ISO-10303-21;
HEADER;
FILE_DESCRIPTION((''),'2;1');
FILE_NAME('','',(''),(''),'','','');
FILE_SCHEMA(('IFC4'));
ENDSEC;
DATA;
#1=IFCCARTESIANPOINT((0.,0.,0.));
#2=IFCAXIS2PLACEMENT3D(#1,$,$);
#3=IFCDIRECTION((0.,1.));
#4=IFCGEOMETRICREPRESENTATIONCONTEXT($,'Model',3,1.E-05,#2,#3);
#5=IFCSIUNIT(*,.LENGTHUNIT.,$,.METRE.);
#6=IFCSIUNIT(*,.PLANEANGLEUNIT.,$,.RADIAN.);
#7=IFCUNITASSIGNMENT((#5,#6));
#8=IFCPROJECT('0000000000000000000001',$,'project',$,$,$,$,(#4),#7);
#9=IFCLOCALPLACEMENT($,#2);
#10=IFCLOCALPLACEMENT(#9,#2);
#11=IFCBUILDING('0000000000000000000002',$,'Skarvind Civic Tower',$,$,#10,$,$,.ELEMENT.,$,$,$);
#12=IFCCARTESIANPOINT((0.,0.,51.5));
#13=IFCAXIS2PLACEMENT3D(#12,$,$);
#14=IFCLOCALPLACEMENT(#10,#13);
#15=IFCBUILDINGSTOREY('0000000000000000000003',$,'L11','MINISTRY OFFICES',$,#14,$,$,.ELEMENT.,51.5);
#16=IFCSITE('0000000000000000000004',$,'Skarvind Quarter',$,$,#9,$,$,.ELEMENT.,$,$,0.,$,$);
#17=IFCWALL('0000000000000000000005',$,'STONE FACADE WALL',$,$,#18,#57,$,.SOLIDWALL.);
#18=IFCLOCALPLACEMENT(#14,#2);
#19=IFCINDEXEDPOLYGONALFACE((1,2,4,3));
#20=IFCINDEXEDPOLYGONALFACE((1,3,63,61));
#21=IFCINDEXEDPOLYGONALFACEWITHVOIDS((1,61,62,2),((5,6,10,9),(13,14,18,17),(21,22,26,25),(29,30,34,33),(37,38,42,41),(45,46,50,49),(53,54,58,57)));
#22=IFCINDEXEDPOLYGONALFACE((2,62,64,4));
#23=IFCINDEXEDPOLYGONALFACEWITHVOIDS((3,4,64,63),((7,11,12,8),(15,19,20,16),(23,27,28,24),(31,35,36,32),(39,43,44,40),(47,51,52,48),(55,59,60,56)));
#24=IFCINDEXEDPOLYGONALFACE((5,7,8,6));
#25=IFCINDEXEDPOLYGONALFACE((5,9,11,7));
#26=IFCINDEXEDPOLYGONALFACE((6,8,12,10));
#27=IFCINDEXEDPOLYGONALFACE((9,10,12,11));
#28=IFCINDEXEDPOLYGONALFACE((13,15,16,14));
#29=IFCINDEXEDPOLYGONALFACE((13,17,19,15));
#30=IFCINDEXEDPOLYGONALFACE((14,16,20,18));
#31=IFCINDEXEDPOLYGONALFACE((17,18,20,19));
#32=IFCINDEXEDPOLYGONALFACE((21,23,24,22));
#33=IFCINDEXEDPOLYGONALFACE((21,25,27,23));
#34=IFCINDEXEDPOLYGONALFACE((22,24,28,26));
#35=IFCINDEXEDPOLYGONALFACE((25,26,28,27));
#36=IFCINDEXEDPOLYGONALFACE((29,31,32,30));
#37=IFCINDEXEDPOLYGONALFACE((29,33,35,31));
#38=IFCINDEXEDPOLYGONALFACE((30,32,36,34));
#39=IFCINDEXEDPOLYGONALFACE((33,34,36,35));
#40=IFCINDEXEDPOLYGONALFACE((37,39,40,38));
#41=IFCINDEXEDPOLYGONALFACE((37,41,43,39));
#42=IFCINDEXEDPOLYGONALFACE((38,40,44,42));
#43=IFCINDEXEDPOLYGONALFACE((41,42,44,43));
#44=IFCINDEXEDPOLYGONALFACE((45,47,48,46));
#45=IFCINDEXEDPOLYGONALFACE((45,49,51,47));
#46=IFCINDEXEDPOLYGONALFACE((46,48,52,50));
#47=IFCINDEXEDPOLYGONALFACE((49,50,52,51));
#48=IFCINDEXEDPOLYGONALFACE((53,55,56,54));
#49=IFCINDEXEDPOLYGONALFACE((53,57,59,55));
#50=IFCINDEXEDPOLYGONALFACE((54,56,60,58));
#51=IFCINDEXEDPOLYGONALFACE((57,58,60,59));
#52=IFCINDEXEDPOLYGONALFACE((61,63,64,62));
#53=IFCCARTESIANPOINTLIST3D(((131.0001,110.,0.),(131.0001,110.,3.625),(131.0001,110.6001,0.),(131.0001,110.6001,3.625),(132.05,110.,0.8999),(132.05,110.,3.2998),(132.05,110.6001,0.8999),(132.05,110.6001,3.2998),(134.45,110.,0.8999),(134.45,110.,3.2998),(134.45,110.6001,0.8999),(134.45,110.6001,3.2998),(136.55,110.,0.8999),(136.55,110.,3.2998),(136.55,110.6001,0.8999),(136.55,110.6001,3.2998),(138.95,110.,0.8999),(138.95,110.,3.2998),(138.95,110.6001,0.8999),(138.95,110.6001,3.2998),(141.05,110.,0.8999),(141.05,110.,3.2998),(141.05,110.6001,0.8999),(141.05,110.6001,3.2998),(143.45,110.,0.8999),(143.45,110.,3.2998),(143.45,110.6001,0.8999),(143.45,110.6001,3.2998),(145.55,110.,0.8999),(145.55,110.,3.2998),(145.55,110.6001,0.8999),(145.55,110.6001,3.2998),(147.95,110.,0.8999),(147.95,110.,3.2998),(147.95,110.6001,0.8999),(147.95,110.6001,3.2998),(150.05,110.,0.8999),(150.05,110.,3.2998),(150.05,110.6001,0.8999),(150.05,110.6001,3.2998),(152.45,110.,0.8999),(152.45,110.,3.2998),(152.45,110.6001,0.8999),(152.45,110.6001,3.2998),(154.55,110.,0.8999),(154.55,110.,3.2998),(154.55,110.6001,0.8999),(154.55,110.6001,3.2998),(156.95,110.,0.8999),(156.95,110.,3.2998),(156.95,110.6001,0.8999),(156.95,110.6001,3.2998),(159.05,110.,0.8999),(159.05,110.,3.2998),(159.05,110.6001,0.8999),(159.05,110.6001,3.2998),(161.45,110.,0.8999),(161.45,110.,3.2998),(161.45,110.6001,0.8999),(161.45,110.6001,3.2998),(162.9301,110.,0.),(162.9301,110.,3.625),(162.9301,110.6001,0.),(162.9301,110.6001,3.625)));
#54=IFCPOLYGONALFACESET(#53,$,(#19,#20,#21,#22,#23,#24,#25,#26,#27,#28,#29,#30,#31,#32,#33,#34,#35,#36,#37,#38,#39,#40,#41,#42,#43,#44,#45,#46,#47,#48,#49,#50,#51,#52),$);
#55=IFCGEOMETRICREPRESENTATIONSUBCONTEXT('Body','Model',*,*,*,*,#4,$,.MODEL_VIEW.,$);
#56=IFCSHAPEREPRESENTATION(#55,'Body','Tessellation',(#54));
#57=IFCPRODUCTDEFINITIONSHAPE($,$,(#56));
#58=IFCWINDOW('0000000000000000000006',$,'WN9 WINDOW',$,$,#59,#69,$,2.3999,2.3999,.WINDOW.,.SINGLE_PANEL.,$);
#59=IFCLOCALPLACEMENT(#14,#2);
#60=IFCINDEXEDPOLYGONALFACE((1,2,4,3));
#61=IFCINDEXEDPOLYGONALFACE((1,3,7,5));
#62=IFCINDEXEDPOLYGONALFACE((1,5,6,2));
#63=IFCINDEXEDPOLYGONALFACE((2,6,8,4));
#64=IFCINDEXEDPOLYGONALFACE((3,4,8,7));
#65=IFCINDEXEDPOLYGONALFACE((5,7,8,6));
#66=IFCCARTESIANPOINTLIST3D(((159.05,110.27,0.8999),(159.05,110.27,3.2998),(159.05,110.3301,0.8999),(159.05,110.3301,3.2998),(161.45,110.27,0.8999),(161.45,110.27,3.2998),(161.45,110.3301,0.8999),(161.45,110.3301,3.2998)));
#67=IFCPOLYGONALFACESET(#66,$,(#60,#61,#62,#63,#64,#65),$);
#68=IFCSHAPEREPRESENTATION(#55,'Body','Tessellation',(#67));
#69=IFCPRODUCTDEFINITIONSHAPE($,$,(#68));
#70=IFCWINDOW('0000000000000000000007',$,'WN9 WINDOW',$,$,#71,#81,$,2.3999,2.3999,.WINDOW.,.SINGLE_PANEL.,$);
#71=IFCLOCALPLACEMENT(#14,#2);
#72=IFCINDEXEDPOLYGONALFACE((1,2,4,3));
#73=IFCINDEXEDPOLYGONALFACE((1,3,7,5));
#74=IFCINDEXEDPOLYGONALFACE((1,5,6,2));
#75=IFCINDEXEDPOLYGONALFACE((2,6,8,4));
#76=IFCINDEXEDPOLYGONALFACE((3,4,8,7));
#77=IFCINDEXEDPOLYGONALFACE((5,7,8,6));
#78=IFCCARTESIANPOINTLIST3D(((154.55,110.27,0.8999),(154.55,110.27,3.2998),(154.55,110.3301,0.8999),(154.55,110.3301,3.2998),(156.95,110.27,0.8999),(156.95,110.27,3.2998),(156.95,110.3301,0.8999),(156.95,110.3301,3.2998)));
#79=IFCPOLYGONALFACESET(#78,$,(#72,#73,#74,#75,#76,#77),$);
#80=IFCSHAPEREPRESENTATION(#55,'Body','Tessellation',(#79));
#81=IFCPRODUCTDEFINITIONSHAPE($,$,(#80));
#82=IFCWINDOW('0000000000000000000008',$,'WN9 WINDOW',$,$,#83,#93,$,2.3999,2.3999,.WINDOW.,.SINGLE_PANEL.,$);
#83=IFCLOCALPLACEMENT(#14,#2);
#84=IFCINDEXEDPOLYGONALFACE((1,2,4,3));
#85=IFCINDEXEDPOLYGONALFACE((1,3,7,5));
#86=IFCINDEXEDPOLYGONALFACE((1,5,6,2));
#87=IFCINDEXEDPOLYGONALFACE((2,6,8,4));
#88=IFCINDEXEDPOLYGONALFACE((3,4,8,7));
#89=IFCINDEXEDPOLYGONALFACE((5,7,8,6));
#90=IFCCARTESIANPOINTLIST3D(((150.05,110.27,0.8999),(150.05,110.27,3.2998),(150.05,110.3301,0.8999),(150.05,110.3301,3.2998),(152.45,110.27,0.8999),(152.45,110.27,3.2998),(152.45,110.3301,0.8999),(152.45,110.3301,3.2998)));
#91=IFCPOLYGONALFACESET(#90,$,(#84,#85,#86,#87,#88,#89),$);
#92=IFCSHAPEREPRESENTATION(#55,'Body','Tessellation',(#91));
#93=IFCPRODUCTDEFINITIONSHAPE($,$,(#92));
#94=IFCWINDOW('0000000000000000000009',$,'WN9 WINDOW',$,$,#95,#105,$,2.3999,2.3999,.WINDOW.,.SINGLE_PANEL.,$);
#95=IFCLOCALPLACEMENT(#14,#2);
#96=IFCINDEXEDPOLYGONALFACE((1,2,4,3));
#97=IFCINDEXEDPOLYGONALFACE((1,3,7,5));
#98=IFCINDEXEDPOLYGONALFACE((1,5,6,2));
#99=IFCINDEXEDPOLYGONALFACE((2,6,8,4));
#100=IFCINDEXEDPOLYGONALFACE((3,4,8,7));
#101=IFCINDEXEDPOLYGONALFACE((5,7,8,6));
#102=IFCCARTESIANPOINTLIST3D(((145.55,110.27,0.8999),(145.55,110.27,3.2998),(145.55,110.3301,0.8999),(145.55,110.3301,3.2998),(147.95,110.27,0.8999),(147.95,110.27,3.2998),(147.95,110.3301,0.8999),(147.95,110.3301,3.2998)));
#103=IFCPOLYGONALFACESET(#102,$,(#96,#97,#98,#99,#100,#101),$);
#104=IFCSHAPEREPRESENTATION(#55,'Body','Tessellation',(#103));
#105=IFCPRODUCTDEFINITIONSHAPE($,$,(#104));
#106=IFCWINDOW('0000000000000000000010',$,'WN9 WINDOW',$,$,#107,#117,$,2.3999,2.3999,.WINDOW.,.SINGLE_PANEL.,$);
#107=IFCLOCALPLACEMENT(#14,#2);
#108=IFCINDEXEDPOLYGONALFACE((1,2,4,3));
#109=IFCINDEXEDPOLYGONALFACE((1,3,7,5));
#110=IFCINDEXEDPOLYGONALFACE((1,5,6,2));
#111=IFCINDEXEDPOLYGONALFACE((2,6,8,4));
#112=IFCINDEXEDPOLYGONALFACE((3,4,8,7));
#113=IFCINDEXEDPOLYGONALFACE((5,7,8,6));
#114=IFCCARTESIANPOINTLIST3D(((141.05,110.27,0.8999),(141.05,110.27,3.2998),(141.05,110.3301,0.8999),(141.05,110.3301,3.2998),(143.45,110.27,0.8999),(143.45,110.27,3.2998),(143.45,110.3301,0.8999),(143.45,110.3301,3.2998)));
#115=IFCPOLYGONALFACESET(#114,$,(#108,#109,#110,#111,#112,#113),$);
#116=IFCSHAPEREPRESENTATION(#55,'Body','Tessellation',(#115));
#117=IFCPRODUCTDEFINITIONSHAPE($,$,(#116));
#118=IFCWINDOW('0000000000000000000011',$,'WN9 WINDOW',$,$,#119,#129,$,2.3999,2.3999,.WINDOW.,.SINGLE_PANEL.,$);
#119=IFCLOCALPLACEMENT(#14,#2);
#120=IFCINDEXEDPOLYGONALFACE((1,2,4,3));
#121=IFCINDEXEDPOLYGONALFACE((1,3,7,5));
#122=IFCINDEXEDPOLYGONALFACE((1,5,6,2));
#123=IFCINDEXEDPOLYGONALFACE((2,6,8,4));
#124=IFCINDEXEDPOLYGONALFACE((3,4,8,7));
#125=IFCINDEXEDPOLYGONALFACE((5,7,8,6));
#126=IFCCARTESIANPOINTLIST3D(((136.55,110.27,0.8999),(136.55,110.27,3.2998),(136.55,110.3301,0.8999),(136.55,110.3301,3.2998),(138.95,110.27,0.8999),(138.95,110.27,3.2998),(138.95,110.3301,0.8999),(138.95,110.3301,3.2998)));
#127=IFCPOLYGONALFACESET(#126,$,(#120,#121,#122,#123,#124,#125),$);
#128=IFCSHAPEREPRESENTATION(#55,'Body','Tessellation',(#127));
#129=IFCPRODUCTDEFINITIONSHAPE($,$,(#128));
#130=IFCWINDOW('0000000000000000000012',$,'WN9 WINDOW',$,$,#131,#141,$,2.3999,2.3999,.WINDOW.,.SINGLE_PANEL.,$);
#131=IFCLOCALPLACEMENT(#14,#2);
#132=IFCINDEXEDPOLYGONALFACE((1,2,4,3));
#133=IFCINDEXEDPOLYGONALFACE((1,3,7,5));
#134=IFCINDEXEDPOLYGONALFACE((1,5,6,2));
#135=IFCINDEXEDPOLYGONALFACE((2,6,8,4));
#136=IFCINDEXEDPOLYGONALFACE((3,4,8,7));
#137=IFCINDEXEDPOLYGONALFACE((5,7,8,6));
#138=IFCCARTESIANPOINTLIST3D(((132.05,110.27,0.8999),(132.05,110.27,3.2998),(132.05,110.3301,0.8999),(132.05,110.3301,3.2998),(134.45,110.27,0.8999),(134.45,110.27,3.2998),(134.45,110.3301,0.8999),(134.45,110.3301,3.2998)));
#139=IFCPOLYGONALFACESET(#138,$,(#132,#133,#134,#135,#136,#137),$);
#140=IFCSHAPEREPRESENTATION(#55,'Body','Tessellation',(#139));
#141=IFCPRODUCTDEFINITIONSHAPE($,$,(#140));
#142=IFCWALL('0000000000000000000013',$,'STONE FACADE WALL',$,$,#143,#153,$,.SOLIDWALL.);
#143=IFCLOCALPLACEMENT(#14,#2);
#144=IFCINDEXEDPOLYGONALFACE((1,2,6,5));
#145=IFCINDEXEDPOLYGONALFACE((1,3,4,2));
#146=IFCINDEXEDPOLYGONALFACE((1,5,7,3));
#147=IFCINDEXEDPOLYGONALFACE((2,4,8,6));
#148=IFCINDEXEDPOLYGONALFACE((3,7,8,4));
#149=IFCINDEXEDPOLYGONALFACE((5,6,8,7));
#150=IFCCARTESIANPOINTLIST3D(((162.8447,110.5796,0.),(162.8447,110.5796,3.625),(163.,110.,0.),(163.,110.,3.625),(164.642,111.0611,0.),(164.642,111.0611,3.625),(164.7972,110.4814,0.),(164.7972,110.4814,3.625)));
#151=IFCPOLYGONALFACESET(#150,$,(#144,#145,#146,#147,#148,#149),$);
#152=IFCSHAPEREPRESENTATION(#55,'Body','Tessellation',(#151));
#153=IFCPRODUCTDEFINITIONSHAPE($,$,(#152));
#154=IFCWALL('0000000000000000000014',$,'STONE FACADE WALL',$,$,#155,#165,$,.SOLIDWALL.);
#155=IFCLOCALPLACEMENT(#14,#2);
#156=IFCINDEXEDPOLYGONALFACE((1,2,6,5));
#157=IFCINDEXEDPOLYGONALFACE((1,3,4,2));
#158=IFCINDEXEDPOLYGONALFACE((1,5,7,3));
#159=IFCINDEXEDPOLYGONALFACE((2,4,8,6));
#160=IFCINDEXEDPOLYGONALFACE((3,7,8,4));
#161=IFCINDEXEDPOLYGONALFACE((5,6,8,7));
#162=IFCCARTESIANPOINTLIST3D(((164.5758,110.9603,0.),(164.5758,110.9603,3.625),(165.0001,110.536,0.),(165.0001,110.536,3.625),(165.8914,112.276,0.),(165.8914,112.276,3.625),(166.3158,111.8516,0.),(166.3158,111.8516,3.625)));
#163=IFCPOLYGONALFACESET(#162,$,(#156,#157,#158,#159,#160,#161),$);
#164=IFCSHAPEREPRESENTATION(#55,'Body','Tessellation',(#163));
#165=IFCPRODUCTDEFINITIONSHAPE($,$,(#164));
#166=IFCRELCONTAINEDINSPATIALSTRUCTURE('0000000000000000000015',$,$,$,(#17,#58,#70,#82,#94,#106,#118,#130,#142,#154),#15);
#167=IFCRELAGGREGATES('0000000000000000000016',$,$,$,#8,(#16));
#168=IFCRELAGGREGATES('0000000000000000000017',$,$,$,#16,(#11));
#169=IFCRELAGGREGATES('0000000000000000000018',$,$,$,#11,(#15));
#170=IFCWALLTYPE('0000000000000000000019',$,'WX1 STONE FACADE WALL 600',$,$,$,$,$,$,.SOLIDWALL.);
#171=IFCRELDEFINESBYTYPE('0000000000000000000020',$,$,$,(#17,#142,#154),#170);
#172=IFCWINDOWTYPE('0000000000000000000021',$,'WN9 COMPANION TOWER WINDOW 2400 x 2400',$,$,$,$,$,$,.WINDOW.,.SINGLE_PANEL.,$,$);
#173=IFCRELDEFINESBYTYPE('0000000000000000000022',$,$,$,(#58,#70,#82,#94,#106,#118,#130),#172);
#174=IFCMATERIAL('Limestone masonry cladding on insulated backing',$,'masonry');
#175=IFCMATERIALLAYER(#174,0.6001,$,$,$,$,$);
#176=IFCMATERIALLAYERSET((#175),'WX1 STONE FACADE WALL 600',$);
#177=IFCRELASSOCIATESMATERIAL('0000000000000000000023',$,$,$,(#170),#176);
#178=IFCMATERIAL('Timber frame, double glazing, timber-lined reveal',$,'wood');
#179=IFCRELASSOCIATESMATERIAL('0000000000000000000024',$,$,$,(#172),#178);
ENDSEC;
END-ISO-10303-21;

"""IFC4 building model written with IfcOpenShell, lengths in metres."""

from ifc_helpers import new_model, si_unit, direction, frame, frame_2d, origin, place, context, subcontext, project, spatial, rectangle, extrude, material, layer, layer_set, type_object, element, fill, save


model = new_model("IFC4")

# Units and contexts
model_context = context("Model", 3, precision=1e-05, world=origin(), true_north=direction((0.0, 1.0)))
body_context = subcontext(model_context, "Body", "Model", "MODEL_VIEW")
ifc_project = project(units=[si_unit("LENGTHUNIT", "METRE"), si_unit("PLANEANGLEUNIT", "RADIAN")], contexts=[model_context])

# Site, building, storey
site_placement = place(None, origin())
site = spatial("IfcSite", under=ifc_project, at=site_placement, Name="Skarvind Quarter", CompositionType="ELEMENT", RefElevation=0.0)
building_placement = place(site_placement, origin())
building = spatial("IfcBuilding", under=site, at=building_placement, Name="Skarvind Civic Tower", CompositionType="ELEMENT")
storey_placement = place(building_placement, frame((0.0, 0.0, 51.5)))
storey = spatial("IfcBuildingStorey", under=building, at=storey_placement, Name="L11", Description="MINISTRY OFFICES", CompositionType="ELEMENT", Elevation=51.5)

# Wall, openings, windows
ifc_material_1 = material(Name="Limestone masonry cladding on insulated backing", Category="masonry")
ifc_layer_1 = layer(ifc_material_1, 0.6001)
ifc_layer_set_1 = layer_set([ifc_layer_1], Name="WX1 STONE FACADE WALL 600")
wall_type_1 = type_object("IfcWallType", Name="WX1 STONE FACADE WALL 600", PredefinedType="SOLIDWALL", material=ifc_layer_set_1)
wall_1_placement = place(storey_placement, frame((162.9299, 110.3, 0.0), z_axis=(0.0, 0.0, 1.0), x_axis=(-1.0, 0.0, 0.0)))
wall_1 = element("IfcWall", 1, at=wall_1_placement, inside=storey, type_object=wall_type_1, Name="STONE FACADE WALL", PredefinedType="SOLIDWALL", context=body_context, shape_type="SweptSolid", body=[
    extrude(rectangle(XDim=31.9299, YDim=0.6001, at=frame_2d((15.9648, 0.0))), origin(), (0.0, 0.0, 1.0), 3.625),
])
opening_1_placement = place(wall_1_placement, frame((1.48, 0.0, 0.8999)))
opening_1 = element("IfcOpeningElement", 2, at=opening_1_placement, cuts=wall_1, PredefinedType="OPENING", context=body_context, shape_type="SweptSolid", body=[
    extrude(rectangle(XDim=2.3999, YDim=2.3999, at=frame_2d((1.2, 1.2))), frame((0.0, 0.3101, 0.0), z_axis=(0.0, -1.0, 0.0), x_axis=(1.0, 0.0, 0.0)), (0.0, 0.0, 1.0), 0.6201),
])
opening_2_placement = place(wall_1_placement, frame((5.98, 0.0, 0.8999)))
opening_2 = element("IfcOpeningElement", 3, at=opening_2_placement, cuts=wall_1, PredefinedType="OPENING", context=body_context, shape_type="SweptSolid", body=[
    extrude(rectangle(XDim=2.3999, YDim=2.3999, at=frame_2d((1.2, 1.2))), frame((0.0, 0.3101, 0.0), z_axis=(0.0, -1.0, 0.0), x_axis=(1.0, 0.0, 0.0)), (0.0, 0.0, 1.0), 0.6201),
])
opening_3_placement = place(wall_1_placement, frame((10.48, 0.0, 0.8999)))
opening_3 = element("IfcOpeningElement", 4, at=opening_3_placement, cuts=wall_1, PredefinedType="OPENING", context=body_context, shape_type="SweptSolid", body=[
    extrude(rectangle(XDim=2.3999, YDim=2.3999, at=frame_2d((1.2, 1.2))), frame((0.0, 0.3101, 0.0), z_axis=(0.0, -1.0, 0.0), x_axis=(1.0, 0.0, 0.0)), (0.0, 0.0, 1.0), 0.6201),
])
opening_4_placement = place(wall_1_placement, frame((14.98, 0.0, 0.8999)))
opening_4 = element("IfcOpeningElement", 5, at=opening_4_placement, cuts=wall_1, PredefinedType="OPENING", context=body_context, shape_type="SweptSolid", body=[
    extrude(rectangle(XDim=2.3999, YDim=2.3999, at=frame_2d((1.2, 1.2))), frame((0.0, 0.3101, 0.0), z_axis=(0.0, -1.0, 0.0), x_axis=(1.0, 0.0, 0.0)), (0.0, 0.0, 1.0), 0.6201),
])
opening_5_placement = place(wall_1_placement, frame((19.48, 0.0, 0.8999)))
opening_5 = element("IfcOpeningElement", 6, at=opening_5_placement, cuts=wall_1, PredefinedType="OPENING", context=body_context, shape_type="SweptSolid", body=[
    extrude(rectangle(XDim=2.3999, YDim=2.3999, at=frame_2d((1.2, 1.2))), frame((0.0, 0.3101, 0.0), z_axis=(0.0, -1.0, 0.0), x_axis=(1.0, 0.0, 0.0)), (0.0, 0.0, 1.0), 0.6201),
])
opening_6_placement = place(wall_1_placement, frame((23.98, 0.0, 0.8999)))
opening_6 = element("IfcOpeningElement", 7, at=opening_6_placement, cuts=wall_1, PredefinedType="OPENING", context=body_context, shape_type="SweptSolid", body=[
    extrude(rectangle(XDim=2.3999, YDim=2.3999, at=frame_2d((1.2, 1.2))), frame((0.0, 0.3101, 0.0), z_axis=(0.0, -1.0, 0.0), x_axis=(1.0, 0.0, 0.0)), (0.0, 0.0, 1.0), 0.6201),
])
opening_7_placement = place(wall_1_placement, frame((28.48, 0.0, 0.8999)))
opening_7 = element("IfcOpeningElement", 8, at=opening_7_placement, cuts=wall_1, PredefinedType="OPENING", context=body_context, shape_type="SweptSolid", body=[
    extrude(rectangle(XDim=2.3999, YDim=2.3999, at=frame_2d((1.2, 1.2))), frame((0.0, 0.3101, 0.0), z_axis=(0.0, -1.0, 0.0), x_axis=(1.0, 0.0, 0.0)), (0.0, 0.0, 1.0), 0.6201),
])
ifc_material_2 = material(Name="Timber frame, double glazing, timber-lined reveal", Category="wood")
window_type = type_object("IfcWindowType", Name="WN9 COMPANION TOWER WINDOW 2400 x 2400", PartitioningType="SINGLE_PANEL", PredefinedType="WINDOW", material=ifc_material_2)
window_1_placement = place(opening_1_placement, origin())
window_1 = element("IfcWindow", 9, at=window_1_placement, inside=storey, type_object=window_type, Name="WN9 WINDOW", OverallHeight=2.3999, OverallWidth=2.3999, PartitioningType="SINGLE_PANEL", PredefinedType="WINDOW", context=body_context, shape_type="SweptSolid", body=[
    extrude(rectangle(XDim=2.3999, YDim=2.3999, at=frame_2d((1.2, 1.2))), frame((0.0, 0.03, 0.0), z_axis=(0.0, -1.0, 0.0), x_axis=(1.0, 0.0, 0.0)), (0.0, 0.0, 1.0), 0.0601),
])
fill(opening_1, window_1)
window_2_placement = place(opening_2_placement, origin())
window_2 = element("IfcWindow", 10, at=window_2_placement, inside=storey, type_object=window_type, Name="WN9 WINDOW", OverallHeight=2.3999, OverallWidth=2.3999, PartitioningType="SINGLE_PANEL", PredefinedType="WINDOW", context=body_context, shape_type="SweptSolid", body=[
    extrude(rectangle(XDim=2.3999, YDim=2.3999, at=frame_2d((1.2, 1.2))), frame((0.0, 0.03, 0.0), z_axis=(0.0, -1.0, 0.0), x_axis=(1.0, 0.0, 0.0)), (0.0, 0.0, 1.0), 0.0601),
])
fill(opening_2, window_2)
window_3_placement = place(opening_3_placement, origin())
window_3 = element("IfcWindow", 11, at=window_3_placement, inside=storey, type_object=window_type, Name="WN9 WINDOW", OverallHeight=2.3999, OverallWidth=2.3999, PartitioningType="SINGLE_PANEL", PredefinedType="WINDOW", context=body_context, shape_type="SweptSolid", body=[
    extrude(rectangle(XDim=2.3999, YDim=2.3999, at=frame_2d((1.2, 1.2))), frame((0.0, 0.03, 0.0), z_axis=(0.0, -1.0, 0.0), x_axis=(1.0, 0.0, 0.0)), (0.0, 0.0, 1.0), 0.0601),
])
fill(opening_3, window_3)
window_4_placement = place(opening_4_placement, origin())
window_4 = element("IfcWindow", 12, at=window_4_placement, inside=storey, type_object=window_type, Name="WN9 WINDOW", OverallHeight=2.3999, OverallWidth=2.3999, PartitioningType="SINGLE_PANEL", PredefinedType="WINDOW", context=body_context, shape_type="SweptSolid", body=[
    extrude(rectangle(XDim=2.3999, YDim=2.3999, at=frame_2d((1.2, 1.2))), frame((0.0, 0.03, 0.0), z_axis=(0.0, -1.0, 0.0), x_axis=(1.0, 0.0, 0.0)), (0.0, 0.0, 1.0), 0.0601),
])
fill(opening_4, window_4)
window_5_placement = place(opening_5_placement, origin())
window_5 = element("IfcWindow", 13, at=window_5_placement, inside=storey, type_object=window_type, Name="WN9 WINDOW", OverallHeight=2.3999, OverallWidth=2.3999, PartitioningType="SINGLE_PANEL", PredefinedType="WINDOW", context=body_context, shape_type="SweptSolid", body=[
    extrude(rectangle(XDim=2.3999, YDim=2.3999, at=frame_2d((1.2, 1.2))), frame((0.0, 0.03, 0.0), z_axis=(0.0, -1.0, 0.0), x_axis=(1.0, 0.0, 0.0)), (0.0, 0.0, 1.0), 0.0601),
])
fill(opening_5, window_5)
window_6_placement = place(opening_6_placement, origin())
window_6 = element("IfcWindow", 14, at=window_6_placement, inside=storey, type_object=window_type, Name="WN9 WINDOW", OverallHeight=2.3999, OverallWidth=2.3999, PartitioningType="SINGLE_PANEL", PredefinedType="WINDOW", context=body_context, shape_type="SweptSolid", body=[
    extrude(rectangle(XDim=2.3999, YDim=2.3999, at=frame_2d((1.2, 1.2))), frame((0.0, 0.03, 0.0), z_axis=(0.0, -1.0, 0.0), x_axis=(1.0, 0.0, 0.0)), (0.0, 0.0, 1.0), 0.0601),
])
fill(opening_6, window_6)
window_7_placement = place(opening_7_placement, origin())
window_7 = element("IfcWindow", 15, at=window_7_placement, inside=storey, type_object=window_type, Name="WN9 WINDOW", OverallHeight=2.3999, OverallWidth=2.3999, PartitioningType="SINGLE_PANEL", PredefinedType="WINDOW", context=body_context, shape_type="SweptSolid", body=[
    extrude(rectangle(XDim=2.3999, YDim=2.3999, at=frame_2d((1.2, 1.2))), frame((0.0, 0.03, 0.0), z_axis=(0.0, -1.0, 0.0), x_axis=(1.0, 0.0, 0.0)), (0.0, 0.0, 1.0), 0.0601),
])
fill(opening_7, window_7)

# Walls
for number, where, z_axis, x_axis, name in (
    (16, (164.7195, 110.7712, 0.0), (0.0, 0.0, 1.0), (-0.965938, -0.258773, 0.0), "STONE FACADE WALL"),
    (17, (166.1035, 112.0637, 0.0), (0.0, 0.0, 1.0), (-0.707107, -0.707107, 0.0), "STONE FACADE WALL"),
):
    element("IfcWall", number, at=place(storey_placement, frame(where, z_axis=z_axis, x_axis=x_axis)), inside=storey, type_object=wall_type_1, Name=name, PredefinedType="SOLIDWALL", context=body_context, shape_type="SweptSolid", body=[
        extrude(rectangle(XDim=1.8606, YDim=0.6001, at=frame_2d((0.9302, 0.0))), origin(), (0.0, 0.0, 1.0), 3.625),
    ])

save(model, "model.ifc")
